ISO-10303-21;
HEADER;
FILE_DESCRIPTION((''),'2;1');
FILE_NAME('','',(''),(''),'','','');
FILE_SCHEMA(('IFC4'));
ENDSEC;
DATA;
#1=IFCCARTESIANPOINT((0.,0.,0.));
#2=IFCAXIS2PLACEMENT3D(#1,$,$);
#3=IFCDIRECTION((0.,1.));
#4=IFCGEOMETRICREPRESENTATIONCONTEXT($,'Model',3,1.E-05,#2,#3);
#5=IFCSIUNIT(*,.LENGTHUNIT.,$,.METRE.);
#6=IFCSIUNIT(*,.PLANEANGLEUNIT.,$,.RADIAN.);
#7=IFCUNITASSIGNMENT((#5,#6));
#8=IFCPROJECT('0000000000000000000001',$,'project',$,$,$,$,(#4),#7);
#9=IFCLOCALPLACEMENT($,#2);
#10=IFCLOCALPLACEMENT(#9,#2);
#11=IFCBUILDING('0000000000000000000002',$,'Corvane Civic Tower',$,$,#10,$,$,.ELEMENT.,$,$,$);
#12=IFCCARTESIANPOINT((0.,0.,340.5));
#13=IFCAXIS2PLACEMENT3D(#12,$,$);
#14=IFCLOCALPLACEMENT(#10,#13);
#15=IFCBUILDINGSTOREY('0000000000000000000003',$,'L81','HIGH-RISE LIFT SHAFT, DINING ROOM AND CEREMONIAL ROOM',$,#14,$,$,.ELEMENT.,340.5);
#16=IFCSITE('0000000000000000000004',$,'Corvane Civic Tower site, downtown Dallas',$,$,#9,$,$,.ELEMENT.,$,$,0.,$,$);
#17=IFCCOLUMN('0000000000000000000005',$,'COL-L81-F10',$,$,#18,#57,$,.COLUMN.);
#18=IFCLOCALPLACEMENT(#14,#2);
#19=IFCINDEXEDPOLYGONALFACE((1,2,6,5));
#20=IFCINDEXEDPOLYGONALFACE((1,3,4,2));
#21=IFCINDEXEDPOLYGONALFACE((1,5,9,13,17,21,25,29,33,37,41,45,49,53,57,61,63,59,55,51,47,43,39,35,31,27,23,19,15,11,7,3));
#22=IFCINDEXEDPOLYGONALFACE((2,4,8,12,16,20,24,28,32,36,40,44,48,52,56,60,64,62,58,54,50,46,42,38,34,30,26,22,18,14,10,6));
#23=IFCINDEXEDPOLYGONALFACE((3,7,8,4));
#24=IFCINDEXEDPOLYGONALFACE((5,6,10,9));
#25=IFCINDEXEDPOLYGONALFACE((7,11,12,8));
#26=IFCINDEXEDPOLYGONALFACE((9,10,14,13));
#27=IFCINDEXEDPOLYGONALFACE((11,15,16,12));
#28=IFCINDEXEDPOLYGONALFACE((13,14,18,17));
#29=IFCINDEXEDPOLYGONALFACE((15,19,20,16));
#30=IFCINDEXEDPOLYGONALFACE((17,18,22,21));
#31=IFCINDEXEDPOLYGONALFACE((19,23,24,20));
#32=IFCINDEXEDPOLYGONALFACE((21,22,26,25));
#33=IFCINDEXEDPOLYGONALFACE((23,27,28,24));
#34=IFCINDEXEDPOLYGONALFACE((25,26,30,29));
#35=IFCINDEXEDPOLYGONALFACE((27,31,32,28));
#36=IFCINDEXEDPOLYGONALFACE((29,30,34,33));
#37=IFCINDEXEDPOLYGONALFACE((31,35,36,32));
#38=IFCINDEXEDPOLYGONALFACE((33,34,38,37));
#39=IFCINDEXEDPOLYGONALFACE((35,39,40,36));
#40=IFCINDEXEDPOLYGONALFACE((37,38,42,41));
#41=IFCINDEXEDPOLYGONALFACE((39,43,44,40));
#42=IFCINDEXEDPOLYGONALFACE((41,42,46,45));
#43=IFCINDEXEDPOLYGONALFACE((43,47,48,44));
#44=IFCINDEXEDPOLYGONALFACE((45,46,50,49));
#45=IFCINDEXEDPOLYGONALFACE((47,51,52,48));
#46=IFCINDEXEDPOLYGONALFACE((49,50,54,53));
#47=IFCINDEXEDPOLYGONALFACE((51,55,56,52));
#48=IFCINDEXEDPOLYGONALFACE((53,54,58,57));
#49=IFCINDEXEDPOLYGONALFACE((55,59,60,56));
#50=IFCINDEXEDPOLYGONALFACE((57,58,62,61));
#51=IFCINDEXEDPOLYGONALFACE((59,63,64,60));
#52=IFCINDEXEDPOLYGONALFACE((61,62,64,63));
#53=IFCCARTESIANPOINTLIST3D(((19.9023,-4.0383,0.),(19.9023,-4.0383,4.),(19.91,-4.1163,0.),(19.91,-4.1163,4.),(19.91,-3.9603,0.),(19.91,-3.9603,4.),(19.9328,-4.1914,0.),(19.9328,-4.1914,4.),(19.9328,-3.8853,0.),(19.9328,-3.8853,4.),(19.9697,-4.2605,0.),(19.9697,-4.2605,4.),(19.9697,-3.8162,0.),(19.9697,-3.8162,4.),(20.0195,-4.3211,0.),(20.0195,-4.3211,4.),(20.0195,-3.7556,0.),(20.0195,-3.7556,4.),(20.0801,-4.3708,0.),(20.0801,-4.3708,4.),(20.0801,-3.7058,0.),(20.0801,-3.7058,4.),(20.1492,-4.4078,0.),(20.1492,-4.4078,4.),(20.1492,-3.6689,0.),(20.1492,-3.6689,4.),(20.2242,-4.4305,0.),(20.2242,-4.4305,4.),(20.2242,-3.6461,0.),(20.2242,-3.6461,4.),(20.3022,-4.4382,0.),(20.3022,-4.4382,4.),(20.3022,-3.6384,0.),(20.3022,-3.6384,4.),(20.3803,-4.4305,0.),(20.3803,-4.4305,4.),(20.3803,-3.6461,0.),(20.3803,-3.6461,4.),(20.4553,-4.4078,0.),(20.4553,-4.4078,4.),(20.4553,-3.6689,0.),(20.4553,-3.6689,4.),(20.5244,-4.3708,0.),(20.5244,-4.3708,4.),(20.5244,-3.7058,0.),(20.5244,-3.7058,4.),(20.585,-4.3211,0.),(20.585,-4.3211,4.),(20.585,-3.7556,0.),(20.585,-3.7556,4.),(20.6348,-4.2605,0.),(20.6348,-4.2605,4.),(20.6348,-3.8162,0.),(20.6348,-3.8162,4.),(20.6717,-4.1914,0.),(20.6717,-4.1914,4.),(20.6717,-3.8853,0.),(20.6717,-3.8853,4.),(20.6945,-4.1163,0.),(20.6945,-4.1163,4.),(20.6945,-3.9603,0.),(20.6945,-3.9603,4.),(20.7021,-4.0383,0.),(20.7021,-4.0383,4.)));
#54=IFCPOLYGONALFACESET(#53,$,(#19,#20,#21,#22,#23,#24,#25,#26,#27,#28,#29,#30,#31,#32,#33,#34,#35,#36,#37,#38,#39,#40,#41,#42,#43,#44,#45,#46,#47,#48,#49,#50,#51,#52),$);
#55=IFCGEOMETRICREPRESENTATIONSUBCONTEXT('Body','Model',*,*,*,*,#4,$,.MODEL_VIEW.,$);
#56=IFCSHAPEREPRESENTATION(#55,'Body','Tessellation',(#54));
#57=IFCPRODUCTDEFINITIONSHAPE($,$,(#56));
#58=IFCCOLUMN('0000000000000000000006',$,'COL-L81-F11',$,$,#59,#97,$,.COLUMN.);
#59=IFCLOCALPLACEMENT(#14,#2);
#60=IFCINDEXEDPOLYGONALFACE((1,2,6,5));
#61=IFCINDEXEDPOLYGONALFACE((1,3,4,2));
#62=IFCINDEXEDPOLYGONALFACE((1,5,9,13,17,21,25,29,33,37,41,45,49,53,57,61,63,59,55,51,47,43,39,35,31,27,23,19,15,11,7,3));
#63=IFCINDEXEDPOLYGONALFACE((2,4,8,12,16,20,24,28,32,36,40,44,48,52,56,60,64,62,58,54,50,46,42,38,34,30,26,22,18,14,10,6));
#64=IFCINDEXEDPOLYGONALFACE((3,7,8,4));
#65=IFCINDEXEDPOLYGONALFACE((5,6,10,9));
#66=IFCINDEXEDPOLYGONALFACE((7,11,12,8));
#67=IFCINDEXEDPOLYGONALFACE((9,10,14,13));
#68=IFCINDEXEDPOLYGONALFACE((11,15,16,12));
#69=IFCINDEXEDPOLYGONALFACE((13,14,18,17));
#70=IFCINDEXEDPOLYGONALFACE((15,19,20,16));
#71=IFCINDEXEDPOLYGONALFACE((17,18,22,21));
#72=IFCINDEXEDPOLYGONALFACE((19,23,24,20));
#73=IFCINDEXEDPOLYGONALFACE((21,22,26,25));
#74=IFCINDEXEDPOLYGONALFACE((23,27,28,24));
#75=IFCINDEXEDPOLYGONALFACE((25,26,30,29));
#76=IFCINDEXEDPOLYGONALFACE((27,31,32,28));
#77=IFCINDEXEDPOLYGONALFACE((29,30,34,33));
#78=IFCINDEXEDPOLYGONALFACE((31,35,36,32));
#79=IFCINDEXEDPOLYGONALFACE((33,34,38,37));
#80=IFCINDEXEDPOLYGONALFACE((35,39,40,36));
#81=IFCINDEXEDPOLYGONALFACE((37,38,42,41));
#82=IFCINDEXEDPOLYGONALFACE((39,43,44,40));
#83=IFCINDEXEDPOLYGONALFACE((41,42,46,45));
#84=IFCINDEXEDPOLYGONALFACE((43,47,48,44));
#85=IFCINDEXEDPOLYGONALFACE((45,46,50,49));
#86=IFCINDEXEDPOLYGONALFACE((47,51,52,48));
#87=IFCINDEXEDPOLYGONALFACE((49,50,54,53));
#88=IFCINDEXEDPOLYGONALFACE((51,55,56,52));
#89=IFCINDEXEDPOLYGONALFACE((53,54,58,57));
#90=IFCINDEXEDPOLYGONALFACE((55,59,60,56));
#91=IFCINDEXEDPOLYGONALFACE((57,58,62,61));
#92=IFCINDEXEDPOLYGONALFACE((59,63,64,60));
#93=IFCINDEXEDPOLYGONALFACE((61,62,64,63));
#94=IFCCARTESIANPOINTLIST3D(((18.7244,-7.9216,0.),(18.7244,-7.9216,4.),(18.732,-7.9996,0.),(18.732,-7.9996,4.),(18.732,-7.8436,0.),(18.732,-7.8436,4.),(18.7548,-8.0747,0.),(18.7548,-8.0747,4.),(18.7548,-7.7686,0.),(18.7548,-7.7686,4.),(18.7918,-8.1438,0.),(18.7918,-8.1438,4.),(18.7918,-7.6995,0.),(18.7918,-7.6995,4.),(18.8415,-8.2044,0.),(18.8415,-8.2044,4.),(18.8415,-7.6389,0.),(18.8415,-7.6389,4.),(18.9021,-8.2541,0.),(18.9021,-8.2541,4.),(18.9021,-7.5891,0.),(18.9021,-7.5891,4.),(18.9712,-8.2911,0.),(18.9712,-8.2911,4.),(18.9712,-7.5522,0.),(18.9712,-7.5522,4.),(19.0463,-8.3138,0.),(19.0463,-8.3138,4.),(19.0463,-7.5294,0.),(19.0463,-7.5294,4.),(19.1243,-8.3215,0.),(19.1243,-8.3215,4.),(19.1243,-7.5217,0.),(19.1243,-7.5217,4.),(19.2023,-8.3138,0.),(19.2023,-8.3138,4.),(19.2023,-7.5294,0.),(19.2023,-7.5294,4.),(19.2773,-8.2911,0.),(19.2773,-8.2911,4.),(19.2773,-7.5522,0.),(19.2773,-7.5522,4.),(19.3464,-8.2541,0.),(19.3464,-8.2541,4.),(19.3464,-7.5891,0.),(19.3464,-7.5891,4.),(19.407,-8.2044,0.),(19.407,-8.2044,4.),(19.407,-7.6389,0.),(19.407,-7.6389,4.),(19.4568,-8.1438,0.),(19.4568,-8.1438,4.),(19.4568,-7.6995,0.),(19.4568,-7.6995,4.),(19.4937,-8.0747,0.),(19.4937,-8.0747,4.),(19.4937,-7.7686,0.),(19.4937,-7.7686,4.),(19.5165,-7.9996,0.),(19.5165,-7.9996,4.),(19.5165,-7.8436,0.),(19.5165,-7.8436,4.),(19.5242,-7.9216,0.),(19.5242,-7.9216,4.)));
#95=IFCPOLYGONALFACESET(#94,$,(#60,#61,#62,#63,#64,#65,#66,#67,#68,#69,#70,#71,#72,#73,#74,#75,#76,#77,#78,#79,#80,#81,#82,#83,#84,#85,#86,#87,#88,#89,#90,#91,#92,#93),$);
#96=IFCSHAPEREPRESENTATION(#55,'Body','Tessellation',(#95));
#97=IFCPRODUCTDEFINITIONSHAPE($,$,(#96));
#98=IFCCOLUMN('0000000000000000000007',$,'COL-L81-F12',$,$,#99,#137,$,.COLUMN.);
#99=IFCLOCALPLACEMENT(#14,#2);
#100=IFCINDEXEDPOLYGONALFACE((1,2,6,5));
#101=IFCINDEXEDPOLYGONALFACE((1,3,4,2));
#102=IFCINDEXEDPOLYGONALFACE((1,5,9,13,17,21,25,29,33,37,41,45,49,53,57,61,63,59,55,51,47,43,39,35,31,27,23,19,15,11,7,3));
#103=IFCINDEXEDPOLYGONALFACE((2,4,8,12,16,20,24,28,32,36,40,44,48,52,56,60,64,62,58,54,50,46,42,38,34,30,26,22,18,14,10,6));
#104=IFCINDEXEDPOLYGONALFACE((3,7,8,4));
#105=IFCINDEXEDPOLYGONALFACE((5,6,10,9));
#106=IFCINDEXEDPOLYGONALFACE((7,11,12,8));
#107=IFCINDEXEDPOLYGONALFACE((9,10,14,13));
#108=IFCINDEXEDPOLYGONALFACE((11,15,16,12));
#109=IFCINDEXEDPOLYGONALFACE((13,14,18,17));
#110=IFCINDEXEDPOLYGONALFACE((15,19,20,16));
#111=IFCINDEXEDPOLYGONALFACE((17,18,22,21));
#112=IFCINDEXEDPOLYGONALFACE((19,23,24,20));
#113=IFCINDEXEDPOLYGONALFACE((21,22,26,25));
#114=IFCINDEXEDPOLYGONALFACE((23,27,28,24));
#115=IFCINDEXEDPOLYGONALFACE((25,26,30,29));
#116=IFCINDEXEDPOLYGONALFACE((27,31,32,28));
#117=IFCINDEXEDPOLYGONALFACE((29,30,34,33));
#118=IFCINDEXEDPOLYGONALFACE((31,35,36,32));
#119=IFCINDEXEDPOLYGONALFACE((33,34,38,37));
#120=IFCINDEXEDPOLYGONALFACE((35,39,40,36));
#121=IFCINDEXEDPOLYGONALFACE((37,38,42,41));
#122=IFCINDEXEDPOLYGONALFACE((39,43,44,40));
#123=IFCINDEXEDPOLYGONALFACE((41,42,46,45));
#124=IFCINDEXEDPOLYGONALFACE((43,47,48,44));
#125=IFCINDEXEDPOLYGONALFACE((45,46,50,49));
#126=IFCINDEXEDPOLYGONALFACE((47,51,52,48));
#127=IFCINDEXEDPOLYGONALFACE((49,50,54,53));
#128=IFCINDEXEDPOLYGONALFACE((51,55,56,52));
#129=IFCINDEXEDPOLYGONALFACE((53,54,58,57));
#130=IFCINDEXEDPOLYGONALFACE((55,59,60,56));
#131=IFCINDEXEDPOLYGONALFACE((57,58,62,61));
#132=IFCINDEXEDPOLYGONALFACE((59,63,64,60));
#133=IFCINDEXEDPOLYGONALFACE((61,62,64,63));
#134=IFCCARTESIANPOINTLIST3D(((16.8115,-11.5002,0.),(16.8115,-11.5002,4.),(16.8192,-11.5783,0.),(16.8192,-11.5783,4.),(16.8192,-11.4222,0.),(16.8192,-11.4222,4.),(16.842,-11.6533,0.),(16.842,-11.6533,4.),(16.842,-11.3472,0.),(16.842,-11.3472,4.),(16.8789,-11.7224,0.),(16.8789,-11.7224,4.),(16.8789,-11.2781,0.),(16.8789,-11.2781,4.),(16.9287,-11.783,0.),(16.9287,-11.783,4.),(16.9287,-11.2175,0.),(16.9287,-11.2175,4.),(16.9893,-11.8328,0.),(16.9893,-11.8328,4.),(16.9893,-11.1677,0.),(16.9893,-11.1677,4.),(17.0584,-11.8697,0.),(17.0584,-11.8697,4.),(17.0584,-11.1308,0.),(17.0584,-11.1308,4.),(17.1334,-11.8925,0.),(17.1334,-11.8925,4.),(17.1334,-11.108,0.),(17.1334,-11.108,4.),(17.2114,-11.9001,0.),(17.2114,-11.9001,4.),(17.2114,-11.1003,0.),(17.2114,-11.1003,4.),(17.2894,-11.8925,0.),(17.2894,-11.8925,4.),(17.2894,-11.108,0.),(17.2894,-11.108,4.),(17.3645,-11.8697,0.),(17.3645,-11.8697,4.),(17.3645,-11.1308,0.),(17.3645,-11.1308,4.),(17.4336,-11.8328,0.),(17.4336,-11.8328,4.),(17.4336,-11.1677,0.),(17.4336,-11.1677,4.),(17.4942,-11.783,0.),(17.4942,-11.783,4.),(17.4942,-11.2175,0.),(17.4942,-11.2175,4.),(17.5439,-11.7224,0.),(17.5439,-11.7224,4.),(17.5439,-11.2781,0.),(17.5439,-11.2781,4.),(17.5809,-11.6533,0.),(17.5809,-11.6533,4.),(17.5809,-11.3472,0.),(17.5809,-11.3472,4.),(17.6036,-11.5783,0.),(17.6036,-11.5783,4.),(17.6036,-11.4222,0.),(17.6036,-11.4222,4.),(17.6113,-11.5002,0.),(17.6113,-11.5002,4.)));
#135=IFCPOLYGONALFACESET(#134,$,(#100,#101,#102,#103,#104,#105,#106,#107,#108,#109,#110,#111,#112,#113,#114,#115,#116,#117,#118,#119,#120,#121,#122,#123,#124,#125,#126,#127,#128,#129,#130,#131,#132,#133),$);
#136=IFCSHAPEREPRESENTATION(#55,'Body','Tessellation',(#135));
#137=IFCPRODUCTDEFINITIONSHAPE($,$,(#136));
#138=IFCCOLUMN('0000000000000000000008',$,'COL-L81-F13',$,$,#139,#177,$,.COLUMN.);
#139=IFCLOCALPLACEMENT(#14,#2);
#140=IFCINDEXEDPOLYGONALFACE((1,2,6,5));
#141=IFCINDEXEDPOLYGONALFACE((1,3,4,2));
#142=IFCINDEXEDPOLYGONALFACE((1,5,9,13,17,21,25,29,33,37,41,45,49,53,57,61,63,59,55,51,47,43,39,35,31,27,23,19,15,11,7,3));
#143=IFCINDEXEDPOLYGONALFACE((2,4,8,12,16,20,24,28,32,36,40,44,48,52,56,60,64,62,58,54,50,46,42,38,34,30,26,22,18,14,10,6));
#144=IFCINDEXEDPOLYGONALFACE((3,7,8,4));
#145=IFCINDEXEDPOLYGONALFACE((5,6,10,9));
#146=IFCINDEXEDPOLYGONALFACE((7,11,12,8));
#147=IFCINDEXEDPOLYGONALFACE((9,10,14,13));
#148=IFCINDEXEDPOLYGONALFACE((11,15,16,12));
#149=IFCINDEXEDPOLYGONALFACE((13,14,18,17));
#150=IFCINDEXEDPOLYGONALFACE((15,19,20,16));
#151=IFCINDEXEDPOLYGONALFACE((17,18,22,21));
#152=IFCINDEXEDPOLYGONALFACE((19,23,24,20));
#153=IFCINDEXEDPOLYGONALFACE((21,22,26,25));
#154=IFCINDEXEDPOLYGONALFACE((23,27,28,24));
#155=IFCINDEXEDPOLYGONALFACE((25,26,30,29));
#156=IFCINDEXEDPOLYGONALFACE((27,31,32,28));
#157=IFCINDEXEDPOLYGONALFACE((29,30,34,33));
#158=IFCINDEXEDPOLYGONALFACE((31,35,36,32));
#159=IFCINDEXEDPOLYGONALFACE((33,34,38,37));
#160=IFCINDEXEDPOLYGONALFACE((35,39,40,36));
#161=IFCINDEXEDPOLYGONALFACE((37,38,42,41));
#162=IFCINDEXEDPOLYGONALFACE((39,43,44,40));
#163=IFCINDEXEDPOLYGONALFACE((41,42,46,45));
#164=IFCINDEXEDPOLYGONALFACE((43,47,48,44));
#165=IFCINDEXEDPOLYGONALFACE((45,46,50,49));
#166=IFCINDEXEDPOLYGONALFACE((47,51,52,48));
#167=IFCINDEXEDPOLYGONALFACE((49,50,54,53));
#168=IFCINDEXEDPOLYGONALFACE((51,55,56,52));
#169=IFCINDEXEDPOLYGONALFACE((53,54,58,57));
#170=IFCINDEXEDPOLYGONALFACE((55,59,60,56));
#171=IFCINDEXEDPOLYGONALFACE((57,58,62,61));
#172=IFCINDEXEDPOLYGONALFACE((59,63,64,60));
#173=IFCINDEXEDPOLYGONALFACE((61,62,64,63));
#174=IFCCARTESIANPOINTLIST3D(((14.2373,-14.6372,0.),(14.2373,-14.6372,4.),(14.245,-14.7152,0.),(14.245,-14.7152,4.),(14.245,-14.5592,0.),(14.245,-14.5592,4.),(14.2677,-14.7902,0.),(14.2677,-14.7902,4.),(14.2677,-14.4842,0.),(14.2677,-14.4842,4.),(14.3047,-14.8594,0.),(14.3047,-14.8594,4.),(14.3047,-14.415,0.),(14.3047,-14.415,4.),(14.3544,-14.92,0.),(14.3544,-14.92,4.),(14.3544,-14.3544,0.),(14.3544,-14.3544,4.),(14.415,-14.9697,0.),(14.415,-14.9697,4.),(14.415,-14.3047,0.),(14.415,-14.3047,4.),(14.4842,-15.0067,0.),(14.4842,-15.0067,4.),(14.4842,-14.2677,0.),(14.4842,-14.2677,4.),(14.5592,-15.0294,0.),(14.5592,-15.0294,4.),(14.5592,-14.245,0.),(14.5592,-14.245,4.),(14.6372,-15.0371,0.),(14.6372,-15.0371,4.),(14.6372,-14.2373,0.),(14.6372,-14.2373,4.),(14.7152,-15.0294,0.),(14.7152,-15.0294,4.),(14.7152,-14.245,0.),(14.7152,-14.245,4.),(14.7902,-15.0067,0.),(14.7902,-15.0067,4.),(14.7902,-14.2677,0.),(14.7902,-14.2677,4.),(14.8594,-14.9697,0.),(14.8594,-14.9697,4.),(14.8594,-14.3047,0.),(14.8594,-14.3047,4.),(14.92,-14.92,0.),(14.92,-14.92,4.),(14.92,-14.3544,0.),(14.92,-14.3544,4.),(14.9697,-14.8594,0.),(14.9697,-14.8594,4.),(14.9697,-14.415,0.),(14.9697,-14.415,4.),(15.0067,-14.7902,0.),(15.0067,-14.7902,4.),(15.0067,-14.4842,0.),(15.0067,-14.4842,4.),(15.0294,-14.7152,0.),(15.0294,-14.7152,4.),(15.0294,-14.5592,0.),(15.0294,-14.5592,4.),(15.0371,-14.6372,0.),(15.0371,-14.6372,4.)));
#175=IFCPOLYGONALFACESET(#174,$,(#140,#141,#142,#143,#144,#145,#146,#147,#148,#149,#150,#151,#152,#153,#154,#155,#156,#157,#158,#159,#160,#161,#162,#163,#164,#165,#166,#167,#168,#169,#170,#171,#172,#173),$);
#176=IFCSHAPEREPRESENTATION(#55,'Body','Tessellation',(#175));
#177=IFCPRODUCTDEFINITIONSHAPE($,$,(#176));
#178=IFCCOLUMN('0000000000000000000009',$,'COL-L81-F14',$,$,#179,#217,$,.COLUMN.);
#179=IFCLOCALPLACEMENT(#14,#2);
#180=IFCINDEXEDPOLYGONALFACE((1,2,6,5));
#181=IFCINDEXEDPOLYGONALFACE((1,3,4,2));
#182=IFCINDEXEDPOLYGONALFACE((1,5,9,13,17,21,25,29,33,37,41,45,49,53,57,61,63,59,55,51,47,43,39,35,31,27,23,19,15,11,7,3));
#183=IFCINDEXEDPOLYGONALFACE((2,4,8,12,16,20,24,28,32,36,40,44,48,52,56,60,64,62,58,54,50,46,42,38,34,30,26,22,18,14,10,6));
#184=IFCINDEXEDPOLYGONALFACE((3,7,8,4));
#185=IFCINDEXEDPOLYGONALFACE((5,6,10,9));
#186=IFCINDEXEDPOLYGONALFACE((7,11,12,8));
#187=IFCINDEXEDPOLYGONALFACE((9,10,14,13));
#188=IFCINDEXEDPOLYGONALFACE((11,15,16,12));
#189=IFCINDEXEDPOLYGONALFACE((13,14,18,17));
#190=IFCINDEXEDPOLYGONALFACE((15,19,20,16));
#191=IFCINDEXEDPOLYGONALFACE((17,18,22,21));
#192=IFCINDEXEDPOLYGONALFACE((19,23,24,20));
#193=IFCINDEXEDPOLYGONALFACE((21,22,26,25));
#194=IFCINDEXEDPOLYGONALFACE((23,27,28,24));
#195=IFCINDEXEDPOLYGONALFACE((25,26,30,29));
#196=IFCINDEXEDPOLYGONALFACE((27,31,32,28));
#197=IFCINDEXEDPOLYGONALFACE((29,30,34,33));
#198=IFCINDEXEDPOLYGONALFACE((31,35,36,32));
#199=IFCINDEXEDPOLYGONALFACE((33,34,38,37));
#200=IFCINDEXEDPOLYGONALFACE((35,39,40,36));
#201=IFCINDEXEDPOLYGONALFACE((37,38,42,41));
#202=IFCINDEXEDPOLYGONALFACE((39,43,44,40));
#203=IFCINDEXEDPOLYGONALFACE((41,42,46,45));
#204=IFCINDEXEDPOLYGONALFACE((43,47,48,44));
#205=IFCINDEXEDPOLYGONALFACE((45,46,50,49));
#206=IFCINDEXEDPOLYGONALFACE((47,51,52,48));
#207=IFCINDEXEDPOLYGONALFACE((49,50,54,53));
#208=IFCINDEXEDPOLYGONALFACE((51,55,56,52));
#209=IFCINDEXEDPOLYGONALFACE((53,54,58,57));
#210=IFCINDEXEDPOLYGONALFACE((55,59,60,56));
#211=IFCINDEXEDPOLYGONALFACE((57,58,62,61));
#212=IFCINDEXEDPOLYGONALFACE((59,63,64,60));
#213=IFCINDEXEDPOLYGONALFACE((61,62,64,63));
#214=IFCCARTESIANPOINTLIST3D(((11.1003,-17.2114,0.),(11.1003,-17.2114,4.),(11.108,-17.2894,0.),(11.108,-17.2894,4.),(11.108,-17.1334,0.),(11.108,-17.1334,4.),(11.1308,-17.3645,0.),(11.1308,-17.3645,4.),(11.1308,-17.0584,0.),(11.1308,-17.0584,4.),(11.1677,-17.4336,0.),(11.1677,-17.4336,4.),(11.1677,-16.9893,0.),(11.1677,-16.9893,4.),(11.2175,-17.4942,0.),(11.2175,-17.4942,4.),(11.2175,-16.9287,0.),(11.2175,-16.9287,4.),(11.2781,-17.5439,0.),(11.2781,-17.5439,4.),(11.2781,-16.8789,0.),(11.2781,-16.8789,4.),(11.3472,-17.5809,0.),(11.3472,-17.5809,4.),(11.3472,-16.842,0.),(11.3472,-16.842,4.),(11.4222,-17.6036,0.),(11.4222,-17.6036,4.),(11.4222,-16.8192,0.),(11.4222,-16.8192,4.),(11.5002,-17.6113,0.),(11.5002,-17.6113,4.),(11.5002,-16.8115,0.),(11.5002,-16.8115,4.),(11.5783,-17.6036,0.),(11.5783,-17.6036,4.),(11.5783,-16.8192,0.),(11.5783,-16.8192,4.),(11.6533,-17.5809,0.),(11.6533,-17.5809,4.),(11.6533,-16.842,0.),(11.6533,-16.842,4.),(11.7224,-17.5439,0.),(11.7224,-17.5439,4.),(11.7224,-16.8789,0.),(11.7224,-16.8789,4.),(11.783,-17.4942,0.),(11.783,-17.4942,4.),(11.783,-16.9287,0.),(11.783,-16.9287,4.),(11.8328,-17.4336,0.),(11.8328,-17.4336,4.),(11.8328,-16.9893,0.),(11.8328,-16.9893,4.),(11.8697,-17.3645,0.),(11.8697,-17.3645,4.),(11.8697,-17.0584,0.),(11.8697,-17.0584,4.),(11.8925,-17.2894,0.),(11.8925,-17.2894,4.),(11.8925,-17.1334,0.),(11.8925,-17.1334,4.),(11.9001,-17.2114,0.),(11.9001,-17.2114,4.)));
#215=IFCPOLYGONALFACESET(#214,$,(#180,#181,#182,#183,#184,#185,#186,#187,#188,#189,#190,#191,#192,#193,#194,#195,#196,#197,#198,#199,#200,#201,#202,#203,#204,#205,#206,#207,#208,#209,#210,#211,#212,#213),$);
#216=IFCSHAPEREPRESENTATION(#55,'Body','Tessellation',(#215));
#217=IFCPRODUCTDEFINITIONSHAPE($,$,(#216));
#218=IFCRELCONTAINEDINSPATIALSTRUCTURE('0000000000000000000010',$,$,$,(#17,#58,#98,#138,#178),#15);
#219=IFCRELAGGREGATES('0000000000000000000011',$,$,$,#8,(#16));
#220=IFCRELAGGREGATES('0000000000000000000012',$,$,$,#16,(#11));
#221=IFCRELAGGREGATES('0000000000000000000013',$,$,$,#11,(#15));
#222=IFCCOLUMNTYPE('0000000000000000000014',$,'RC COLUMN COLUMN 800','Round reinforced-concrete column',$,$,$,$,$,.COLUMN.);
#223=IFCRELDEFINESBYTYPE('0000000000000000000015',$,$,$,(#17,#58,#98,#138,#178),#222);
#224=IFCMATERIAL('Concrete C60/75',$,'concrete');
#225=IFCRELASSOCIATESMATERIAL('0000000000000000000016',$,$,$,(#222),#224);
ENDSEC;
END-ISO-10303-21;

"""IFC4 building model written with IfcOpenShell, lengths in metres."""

from ifc_helpers import new_model, si_unit, direction, frame, origin, origin_2d, place, context, subcontext, project, spatial, circle, extrude, material, material_profile, profile_set, type_object, element, save


model = new_model("IFC4")

# Units and contexts
model_context = context("Model", 3, precision=1e-05, world=origin(), true_north=direction((0.0, 1.0)))
body_context = subcontext(model_context, "Body", "Model", "MODEL_VIEW")
ifc_project = project(units=[si_unit("LENGTHUNIT", "METRE"), si_unit("PLANEANGLEUNIT", "RADIAN")], contexts=[model_context])

# Site, building, storey
site_placement = place(None, origin())
site = spatial("IfcSite", under=ifc_project, at=site_placement, Name="Corvane Civic Tower site, downtown Dallas", CompositionType="ELEMENT", RefElevation=0.0)
building_placement = place(site_placement, origin())
building = spatial("IfcBuilding", under=site, at=building_placement, Name="Corvane Civic Tower", CompositionType="ELEMENT")
storey_placement = place(building_placement, frame((0.0, 0.0, 340.5)))
storey = spatial("IfcBuildingStorey", under=building, at=storey_placement, Name="L81", Description="HIGH-RISE LIFT SHAFT, DINING ROOM AND CEREMONIAL ROOM", CompositionType="ELEMENT", Elevation=340.5)

# Columns
ifc_material_1 = material(Name="Concrete C60/75", Category="concrete")
ifc_material_profile_1 = material_profile(ifc_material_1, circle(Radius=0.3999, at=origin_2d()), Name="COLUMN 800")
ifc_profile_set_1 = profile_set([ifc_material_profile_1], Name="Concrete C60/75")
column_type = type_object("IfcColumnType", Name="RC COLUMN COLUMN 800", Description="Round reinforced-concrete column", PredefinedType="COLUMN", material=ifc_profile_set_1)
for number, where, z_axis, x_axis, name in (
    (1, (20.3022, -4.0383, 0.0), (0.0, 0.0, 1.0), (1.0, 0.0, 0.0), "COL-L81-F10"),
    (2, (19.1243, -7.9216, 0.0), (0.0, 0.0, 1.0), (1.0, 0.0, 0.0), "COL-L81-F11"),
    (3, (17.2114, -11.5002, 0.0), (0.0, 0.0, 1.0), (1.0, 0.0, 0.0), "COL-L81-F12"),
    (4, (14.6372, -14.6372, 0.0), (0.0, 0.0, 1.0), (1.0, 0.0, 0.0), "COL-L81-F13"),
    (5, (11.5002, -17.2114, 0.0), (0.0, 0.0, 1.0), (1.0, 0.0, 0.0), "COL-L81-F14"),
):
    element("IfcColumn", number, at=place(storey_placement, frame(where, z_axis=z_axis, x_axis=x_axis)), inside=storey, type_object=column_type, Name=name, PredefinedType="COLUMN", context=body_context, shape_type="SweptSolid", body=[
        extrude(circle(Radius=0.3999, at=origin_2d()), origin(), (0.0, 0.0, 1.0), 4.0),
    ])

save(model, "model.ifc")
